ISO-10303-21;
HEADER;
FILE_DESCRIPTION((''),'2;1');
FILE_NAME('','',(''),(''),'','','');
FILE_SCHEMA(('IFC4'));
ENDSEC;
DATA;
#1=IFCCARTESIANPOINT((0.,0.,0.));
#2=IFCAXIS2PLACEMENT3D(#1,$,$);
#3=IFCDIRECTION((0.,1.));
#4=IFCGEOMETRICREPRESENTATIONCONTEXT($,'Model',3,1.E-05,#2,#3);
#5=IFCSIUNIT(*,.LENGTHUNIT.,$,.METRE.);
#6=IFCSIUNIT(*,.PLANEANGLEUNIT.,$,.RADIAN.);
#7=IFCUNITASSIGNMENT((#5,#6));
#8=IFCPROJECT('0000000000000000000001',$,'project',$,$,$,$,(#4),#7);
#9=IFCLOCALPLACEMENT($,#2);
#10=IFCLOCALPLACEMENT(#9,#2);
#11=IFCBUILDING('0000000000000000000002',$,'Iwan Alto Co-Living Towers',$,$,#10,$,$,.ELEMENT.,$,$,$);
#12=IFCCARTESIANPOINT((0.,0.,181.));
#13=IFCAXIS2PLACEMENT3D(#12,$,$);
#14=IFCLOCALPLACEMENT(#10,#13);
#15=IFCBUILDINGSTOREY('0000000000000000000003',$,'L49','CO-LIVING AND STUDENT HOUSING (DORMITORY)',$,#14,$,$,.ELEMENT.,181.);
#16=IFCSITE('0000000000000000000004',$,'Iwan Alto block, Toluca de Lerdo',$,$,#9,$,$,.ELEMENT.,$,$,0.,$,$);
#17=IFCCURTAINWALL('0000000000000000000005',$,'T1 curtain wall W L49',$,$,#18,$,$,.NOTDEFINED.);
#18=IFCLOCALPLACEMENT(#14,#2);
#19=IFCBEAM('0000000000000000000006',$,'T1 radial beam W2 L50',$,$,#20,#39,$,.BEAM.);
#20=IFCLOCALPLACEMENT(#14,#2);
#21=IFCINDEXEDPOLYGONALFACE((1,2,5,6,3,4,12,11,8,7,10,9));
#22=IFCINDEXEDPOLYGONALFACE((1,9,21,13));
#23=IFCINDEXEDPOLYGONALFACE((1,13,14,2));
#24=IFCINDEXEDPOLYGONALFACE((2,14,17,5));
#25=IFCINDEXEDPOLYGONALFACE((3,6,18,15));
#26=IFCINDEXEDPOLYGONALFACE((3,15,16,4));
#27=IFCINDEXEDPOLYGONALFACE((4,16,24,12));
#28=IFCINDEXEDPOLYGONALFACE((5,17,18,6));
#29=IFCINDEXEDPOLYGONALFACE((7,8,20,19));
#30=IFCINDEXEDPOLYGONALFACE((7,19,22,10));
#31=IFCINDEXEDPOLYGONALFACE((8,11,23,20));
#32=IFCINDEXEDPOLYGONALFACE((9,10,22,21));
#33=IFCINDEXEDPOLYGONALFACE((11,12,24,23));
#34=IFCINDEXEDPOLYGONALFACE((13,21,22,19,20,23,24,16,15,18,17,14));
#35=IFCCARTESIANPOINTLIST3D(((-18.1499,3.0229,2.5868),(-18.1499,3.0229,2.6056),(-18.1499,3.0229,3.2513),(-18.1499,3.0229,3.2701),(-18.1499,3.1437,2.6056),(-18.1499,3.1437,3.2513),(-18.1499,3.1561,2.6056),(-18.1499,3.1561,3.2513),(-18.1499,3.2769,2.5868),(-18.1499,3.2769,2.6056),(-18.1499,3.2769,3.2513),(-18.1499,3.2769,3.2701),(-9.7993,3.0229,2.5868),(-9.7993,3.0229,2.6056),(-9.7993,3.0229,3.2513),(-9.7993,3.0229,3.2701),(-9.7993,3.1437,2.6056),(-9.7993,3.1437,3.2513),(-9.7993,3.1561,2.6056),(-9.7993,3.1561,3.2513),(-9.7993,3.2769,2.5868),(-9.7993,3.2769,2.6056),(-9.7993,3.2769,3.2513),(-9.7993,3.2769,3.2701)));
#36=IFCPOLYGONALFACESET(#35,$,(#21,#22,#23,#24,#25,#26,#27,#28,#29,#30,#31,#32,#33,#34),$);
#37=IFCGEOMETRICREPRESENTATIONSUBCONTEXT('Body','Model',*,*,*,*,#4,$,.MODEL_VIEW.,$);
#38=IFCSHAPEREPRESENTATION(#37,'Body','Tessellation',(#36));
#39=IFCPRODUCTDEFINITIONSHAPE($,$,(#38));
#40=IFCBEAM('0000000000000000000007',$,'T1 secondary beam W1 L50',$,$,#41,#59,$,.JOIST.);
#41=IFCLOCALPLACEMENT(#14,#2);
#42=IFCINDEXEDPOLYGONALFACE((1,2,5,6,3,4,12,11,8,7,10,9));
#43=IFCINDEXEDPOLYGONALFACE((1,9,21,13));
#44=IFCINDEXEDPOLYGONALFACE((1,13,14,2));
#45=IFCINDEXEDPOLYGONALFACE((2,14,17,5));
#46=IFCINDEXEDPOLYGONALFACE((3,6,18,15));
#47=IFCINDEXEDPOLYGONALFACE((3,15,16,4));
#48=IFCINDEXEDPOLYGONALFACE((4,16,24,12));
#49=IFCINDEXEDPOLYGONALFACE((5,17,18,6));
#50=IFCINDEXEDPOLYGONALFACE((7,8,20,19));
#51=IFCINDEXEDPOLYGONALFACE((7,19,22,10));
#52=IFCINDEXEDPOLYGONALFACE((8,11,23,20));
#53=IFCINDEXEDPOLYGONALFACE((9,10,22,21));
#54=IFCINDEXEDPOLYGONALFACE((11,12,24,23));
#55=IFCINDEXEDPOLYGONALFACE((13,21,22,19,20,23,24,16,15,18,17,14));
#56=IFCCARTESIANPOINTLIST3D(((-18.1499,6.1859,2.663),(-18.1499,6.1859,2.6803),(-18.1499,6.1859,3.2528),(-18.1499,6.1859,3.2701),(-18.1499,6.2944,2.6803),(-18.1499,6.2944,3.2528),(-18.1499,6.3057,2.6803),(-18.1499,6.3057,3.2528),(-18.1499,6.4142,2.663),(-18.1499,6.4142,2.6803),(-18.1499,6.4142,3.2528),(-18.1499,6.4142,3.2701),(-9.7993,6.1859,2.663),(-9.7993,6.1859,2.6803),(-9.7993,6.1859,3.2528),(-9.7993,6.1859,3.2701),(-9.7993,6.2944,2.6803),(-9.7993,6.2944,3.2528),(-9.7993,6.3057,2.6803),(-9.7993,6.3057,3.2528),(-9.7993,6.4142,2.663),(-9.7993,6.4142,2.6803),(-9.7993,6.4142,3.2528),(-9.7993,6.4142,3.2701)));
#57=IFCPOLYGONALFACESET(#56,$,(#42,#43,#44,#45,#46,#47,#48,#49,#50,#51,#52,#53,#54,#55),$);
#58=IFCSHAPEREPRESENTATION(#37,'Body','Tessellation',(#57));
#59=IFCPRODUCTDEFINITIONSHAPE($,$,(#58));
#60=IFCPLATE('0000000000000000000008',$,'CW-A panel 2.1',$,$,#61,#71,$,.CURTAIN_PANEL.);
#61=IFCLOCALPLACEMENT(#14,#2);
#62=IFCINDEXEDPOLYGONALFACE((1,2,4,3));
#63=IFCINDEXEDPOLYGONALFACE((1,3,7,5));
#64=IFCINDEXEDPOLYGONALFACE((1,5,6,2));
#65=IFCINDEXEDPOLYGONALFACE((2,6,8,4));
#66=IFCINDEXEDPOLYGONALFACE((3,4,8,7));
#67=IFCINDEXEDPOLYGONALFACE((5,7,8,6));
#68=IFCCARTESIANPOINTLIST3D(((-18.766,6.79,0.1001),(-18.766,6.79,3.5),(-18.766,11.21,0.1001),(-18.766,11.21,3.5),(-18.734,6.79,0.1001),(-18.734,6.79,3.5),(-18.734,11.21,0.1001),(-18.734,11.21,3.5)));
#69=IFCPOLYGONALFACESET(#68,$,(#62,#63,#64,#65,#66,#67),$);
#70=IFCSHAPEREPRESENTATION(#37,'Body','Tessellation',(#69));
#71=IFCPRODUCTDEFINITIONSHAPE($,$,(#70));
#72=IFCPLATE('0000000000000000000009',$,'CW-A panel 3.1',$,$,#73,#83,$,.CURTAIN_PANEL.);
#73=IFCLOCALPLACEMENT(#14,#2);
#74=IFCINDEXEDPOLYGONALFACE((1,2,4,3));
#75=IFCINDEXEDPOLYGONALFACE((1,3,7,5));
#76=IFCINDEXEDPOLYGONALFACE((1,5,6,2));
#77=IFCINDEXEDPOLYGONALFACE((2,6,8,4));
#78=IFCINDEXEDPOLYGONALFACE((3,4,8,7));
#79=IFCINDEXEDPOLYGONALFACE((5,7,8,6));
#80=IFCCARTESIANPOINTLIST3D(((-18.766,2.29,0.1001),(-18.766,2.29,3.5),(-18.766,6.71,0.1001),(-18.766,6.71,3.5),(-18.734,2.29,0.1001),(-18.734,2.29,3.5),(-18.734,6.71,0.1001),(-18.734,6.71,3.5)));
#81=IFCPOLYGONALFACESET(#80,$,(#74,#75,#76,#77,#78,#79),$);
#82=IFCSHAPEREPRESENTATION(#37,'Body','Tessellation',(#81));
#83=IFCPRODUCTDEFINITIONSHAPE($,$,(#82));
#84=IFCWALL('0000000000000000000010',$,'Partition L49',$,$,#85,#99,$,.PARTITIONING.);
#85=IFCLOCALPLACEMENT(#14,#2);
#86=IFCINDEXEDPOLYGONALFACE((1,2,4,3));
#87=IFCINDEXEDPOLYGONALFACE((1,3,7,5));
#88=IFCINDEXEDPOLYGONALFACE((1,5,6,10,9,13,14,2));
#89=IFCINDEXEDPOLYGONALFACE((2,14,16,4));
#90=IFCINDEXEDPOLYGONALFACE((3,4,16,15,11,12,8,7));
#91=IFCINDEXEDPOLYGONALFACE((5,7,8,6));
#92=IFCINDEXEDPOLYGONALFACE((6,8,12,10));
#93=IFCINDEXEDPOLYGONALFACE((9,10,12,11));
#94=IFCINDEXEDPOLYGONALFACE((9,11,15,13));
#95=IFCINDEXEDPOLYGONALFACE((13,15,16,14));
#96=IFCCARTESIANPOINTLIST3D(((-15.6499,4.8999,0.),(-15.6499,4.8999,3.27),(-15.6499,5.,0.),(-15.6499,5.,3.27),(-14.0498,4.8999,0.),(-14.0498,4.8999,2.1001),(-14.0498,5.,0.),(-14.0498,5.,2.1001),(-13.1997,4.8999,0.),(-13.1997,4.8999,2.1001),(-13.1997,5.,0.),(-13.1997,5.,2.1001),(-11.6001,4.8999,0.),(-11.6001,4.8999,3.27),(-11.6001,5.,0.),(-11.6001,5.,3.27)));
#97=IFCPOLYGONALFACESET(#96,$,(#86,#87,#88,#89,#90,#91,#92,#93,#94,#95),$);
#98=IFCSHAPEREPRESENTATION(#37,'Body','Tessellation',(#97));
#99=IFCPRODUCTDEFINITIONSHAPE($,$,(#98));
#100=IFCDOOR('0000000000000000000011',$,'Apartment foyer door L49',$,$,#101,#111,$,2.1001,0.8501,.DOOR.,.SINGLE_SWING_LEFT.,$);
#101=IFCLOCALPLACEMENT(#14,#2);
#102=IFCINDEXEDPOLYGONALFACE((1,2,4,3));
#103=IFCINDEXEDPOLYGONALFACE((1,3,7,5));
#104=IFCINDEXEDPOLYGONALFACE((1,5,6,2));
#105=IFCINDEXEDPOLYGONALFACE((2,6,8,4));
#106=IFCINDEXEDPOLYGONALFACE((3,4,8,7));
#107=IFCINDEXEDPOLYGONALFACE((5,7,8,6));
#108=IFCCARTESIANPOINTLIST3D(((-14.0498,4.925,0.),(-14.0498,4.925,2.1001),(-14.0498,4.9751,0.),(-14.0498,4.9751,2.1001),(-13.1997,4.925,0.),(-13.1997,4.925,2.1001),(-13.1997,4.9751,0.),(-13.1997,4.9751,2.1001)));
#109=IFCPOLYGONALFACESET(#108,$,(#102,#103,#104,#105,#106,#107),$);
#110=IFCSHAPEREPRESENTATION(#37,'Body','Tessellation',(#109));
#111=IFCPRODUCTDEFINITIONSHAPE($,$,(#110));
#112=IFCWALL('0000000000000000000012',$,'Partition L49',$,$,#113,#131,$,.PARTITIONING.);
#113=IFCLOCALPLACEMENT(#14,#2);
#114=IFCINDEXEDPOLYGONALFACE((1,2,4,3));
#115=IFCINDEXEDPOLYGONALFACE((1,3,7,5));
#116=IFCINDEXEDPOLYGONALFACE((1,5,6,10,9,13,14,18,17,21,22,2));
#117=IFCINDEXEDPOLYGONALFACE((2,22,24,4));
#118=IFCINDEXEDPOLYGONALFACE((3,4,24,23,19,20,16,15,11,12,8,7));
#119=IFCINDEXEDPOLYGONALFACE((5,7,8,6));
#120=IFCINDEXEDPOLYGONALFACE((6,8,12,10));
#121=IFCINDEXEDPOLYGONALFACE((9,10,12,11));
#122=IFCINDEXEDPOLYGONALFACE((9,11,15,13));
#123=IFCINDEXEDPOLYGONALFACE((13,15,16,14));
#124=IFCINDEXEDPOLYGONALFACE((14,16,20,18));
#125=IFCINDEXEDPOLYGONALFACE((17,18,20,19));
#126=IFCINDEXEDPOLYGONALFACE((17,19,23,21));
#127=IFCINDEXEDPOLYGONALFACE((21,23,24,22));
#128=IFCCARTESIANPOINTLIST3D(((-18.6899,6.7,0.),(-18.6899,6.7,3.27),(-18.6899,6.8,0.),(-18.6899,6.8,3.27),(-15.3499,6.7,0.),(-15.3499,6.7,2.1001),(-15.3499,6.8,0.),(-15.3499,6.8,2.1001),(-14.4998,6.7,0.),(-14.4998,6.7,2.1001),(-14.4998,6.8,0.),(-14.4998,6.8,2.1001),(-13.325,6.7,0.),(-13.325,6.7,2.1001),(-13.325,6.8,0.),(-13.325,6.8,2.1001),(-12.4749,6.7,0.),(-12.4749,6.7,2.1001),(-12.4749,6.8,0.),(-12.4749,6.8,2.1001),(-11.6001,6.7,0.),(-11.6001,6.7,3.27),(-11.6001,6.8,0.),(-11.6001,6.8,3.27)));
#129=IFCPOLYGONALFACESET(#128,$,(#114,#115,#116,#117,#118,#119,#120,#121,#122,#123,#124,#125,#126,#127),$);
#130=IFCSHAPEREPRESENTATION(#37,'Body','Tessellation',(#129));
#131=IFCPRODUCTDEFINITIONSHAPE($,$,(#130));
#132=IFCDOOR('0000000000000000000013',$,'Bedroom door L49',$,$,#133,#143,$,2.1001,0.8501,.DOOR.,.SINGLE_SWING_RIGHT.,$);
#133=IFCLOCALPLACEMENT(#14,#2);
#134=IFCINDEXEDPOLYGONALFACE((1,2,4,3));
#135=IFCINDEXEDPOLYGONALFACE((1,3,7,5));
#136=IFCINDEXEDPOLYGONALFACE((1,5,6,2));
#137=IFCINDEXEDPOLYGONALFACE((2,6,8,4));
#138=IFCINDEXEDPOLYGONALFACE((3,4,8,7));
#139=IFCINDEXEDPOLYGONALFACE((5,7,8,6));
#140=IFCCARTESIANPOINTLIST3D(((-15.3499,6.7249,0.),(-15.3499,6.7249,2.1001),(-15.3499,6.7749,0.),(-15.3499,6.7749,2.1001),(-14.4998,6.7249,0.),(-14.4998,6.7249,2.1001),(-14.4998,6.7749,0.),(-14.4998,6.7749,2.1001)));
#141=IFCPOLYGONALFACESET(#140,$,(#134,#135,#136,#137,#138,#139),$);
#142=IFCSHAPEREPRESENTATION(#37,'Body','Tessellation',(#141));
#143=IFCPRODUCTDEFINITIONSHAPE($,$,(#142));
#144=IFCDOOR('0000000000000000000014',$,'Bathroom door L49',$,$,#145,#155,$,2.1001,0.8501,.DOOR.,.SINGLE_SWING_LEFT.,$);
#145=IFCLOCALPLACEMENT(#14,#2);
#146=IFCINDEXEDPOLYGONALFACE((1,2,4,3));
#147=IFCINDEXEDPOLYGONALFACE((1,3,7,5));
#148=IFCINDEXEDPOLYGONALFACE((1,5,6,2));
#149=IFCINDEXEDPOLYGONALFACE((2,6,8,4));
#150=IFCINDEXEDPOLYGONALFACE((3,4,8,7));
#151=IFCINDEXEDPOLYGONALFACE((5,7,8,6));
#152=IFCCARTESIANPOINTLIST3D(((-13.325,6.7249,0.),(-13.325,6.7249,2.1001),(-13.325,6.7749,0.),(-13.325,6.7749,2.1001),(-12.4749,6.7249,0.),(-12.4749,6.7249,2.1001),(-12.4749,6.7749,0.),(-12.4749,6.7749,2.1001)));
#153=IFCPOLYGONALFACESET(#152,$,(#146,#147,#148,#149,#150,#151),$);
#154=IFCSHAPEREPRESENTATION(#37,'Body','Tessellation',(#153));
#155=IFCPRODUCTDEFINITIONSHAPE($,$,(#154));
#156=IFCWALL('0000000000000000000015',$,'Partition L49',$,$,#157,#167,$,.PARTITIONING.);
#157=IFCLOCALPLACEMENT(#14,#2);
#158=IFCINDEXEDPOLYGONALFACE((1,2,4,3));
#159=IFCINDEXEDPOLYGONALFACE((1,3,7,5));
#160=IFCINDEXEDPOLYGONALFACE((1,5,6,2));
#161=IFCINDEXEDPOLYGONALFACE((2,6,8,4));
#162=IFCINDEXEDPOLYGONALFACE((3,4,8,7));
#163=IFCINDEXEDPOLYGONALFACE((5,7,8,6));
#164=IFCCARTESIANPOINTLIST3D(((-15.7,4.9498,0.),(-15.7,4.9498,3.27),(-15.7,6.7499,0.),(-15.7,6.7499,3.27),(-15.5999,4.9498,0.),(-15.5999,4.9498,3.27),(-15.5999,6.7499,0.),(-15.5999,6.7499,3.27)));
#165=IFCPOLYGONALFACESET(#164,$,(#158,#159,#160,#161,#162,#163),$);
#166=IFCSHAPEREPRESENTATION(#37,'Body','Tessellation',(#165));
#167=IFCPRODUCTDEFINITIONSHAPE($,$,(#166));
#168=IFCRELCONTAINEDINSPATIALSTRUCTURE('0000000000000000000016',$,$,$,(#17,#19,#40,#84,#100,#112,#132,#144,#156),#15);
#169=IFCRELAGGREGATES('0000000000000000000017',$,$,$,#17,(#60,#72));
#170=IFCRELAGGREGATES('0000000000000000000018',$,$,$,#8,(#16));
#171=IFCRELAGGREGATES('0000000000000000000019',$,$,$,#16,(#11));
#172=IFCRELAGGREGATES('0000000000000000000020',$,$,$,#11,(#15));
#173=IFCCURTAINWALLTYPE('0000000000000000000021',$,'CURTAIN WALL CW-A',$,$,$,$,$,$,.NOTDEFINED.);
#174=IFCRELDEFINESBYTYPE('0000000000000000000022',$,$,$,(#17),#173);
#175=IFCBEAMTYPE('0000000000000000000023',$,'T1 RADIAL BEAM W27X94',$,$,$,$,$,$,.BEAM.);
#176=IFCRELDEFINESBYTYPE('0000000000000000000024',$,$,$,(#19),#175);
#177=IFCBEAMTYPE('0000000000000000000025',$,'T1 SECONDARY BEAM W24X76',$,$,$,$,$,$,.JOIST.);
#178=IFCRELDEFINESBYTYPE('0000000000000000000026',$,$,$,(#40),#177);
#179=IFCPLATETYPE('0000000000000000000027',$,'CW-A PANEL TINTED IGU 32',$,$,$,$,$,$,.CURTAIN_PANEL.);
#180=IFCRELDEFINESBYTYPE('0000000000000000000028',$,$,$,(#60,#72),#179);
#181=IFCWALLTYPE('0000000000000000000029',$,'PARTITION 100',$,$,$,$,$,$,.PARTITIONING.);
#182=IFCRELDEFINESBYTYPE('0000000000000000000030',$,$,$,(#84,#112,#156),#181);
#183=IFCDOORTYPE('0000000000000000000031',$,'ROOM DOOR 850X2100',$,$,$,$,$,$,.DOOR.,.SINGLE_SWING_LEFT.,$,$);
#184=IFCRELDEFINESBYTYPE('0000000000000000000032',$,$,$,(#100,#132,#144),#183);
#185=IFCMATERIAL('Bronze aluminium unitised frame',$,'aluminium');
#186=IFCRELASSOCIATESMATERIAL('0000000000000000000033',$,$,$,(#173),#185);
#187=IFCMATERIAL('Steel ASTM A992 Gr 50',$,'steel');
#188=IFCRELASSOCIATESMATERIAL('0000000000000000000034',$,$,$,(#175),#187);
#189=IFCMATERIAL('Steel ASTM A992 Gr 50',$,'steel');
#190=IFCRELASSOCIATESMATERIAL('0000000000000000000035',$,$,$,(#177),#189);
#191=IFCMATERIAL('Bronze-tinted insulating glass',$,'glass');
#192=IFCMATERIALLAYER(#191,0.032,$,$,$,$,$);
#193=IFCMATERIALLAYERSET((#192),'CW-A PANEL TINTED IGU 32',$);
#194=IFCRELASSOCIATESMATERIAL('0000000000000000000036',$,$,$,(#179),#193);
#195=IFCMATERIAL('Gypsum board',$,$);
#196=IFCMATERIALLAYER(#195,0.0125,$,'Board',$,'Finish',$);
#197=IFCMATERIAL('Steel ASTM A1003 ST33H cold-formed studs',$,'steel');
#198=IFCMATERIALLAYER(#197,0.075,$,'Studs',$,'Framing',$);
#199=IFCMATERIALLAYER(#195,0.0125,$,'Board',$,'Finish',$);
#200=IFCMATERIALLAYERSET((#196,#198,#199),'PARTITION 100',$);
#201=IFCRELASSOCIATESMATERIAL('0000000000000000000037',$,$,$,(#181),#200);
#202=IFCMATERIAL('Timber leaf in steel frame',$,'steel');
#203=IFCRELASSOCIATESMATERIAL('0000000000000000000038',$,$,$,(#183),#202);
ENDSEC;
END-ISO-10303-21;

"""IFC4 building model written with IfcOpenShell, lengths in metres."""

from ifc_helpers import new_model, si_unit, direction, frame, frame_2d, origin, origin_2d, place, context, subcontext, project, spatial, rectangle, i_section, extrude, material, layer, layer_set, material_profile, profile_set, type_object, element, fill, aggregate, save


model = new_model("IFC4")

# Units and contexts
model_context = context("Model", 3, precision=1e-05, world=origin(), true_north=direction((0.0, 1.0)))
body_context = subcontext(model_context, "Body", "Model", "MODEL_VIEW")
ifc_project = project(units=[si_unit("LENGTHUNIT", "METRE"), si_unit("PLANEANGLEUNIT", "RADIAN")], contexts=[model_context])

# Site, building, storey
site_placement = place(None, origin())
site = spatial("IfcSite", under=ifc_project, at=site_placement, Name="Iwan Alto block, Toluca de Lerdo", CompositionType="ELEMENT", RefElevation=0.0)
building_placement = place(site_placement, origin())
building = spatial("IfcBuilding", under=site, at=building_placement, Name="Iwan Alto Co-Living Towers", CompositionType="ELEMENT")
storey_placement = place(building_placement, frame((0.0, 0.0, 181.0)))
storey = spatial("IfcBuildingStorey", under=building, at=storey_placement, Name="L49", Description="CO-LIVING AND STUDENT HOUSING (DORMITORY)", CompositionType="ELEMENT", Elevation=181.0)

# Curtain wall
ifc_material_1 = material(Name="Bronze aluminium unitised frame", Category="aluminium")
curtain_wall_type = type_object("IfcCurtainWallType", Name="CURTAIN WALL CW-A", PredefinedType="NOTDEFINED", material=ifc_material_1)
curtain_wall_placement = place(storey_placement, origin())
curtain_wall = element("IfcCurtainWall", 1, at=curtain_wall_placement, inside=storey, type_object=curtain_wall_type, Name="T1 curtain wall W L49", PredefinedType="NOTDEFINED")

# Beams
ifc_material_2 = material(Name="Steel ASTM A992 Gr 50", Category="steel")
ifc_material_profile_1 = material_profile(ifc_material_2, i_section(OverallWidth=0.2539, OverallDepth=0.6833, WebThickness=0.0125, FlangeThickness=0.0188, at=origin_2d()), Name="W27X94")
ifc_profile_set_1 = profile_set([ifc_material_profile_1], Name="Steel ASTM A992 Gr 50")
beam_type_1 = type_object("IfcBeamType", Name="T1 RADIAL BEAM W27X94", PredefinedType="BEAM", material=ifc_profile_set_1)
for number, where, z_axis, x_axis, name in (
    (2, (-18.1499, 3.1499, 2.9285), (1.0, 0.0, 0.0), (0.0, 1.0, 0.0), "T1 radial beam W2 L50"),
):
    element("IfcBeam", number, at=place(storey_placement, frame(where, z_axis=z_axis, x_axis=x_axis)), inside=storey, type_object=beam_type_1, Name=name, PredefinedType="BEAM", context=body_context, shape_type="SweptSolid", body=[
        extrude(i_section(OverallWidth=0.2539, OverallDepth=0.6833, WebThickness=0.0125, FlangeThickness=0.0188, at=origin_2d()), origin(), (0.0, 0.0, 1.0), 8.3506),
    ])
ifc_material_3 = material(Name="Steel ASTM A992 Gr 50", Category="steel")
ifc_material_profile_2 = material_profile(ifc_material_3, i_section(OverallWidth=0.2283, OverallDepth=0.6072, WebThickness=0.0112, FlangeThickness=0.0173, at=origin_2d()), Name="W24X76")
ifc_profile_set_2 = profile_set([ifc_material_profile_2], Name="Steel ASTM A992 Gr 50")
beam_type_2 = type_object("IfcBeamType", Name="T1 SECONDARY BEAM W24X76", PredefinedType="JOIST", material=ifc_profile_set_2)
beam_1_placement = place(storey_placement, frame((-18.1499, 6.3, 2.9666), z_axis=(1.0, 0.0, 0.0), x_axis=(0.0, 1.0, 0.0)))
element("IfcBeam", 3, at=beam_1_placement, inside=storey, type_object=beam_type_2, Name="T1 secondary beam W1 L50", PredefinedType="JOIST", context=body_context, shape_type="SweptSolid", body=[
    extrude(i_section(OverallWidth=0.2283, OverallDepth=0.6072, WebThickness=0.0112, FlangeThickness=0.0173, at=origin_2d()), origin(), (0.0, 0.0, 1.0), 8.3506),
])

# Plates
ifc_material_4 = material(Name="Bronze-tinted insulating glass", Category="glass")
ifc_layer_1 = layer(ifc_material_4, 0.032)
ifc_layer_set_1 = layer_set([ifc_layer_1], Name="CW-A PANEL TINTED IGU 32")
plate_type = type_object("IfcPlateType", Name="CW-A PANEL TINTED IGU 32", PredefinedType="CURTAIN_PANEL", material=ifc_layer_set_1)
plate_1_placement = place(storey_placement, frame((-18.75, 9.0, 0.1001), z_axis=(0.0, 0.0, 1.0), x_axis=(0.0, -1.0, 0.0)))
plate_1 = element("IfcPlate", 4, at=plate_1_placement, type_object=plate_type, Name="CW-A panel 2.1", PredefinedType="CURTAIN_PANEL", context=body_context, shape_type="SweptSolid", body=[
    extrude(rectangle(XDim=4.4199, YDim=0.032, at=origin_2d()), origin(), (0.0, 0.0, 1.0), 3.3999),
])
plate_2_placement = place(storey_placement, frame((-18.75, 4.5, 0.1001), z_axis=(0.0, 0.0, 1.0), x_axis=(0.0, -1.0, 0.0)))
plate_2 = element("IfcPlate", 5, at=plate_2_placement, type_object=plate_type, Name="CW-A panel 3.1", PredefinedType="CURTAIN_PANEL", context=body_context, shape_type="SweptSolid", body=[
    extrude(rectangle(XDim=4.4199, YDim=0.032, at=origin_2d()), origin(), (0.0, 0.0, 1.0), 3.3999),
])
aggregate(curtain_wall, [plate_1, plate_2])

# Wall, opening, door
ifc_material_5 = material(Name="Gypsum board")
ifc_layer_2 = layer(ifc_material_5, 0.0125, Name="Board", Category="Finish")
ifc_material_6 = material(Name="Steel ASTM A1003 ST33H cold-formed studs", Category="steel")
ifc_layer_3 = layer(ifc_material_6, 0.075, Name="Studs", Category="Framing")
ifc_layer_4 = layer(ifc_material_5, 0.0125, Name="Board", Category="Finish")
ifc_layer_set_2 = layer_set([ifc_layer_2, ifc_layer_3, ifc_layer_4], Name="PARTITION 100")
wall_type = type_object("IfcWallType", Name="PARTITION 100", PredefinedType="PARTITIONING", material=ifc_layer_set_2)
wall_1_placement = place(storey_placement, frame((-15.6499, 4.95, 0.0), z_axis=(0.0, 0.0, 1.0), x_axis=(1.0, 0.0, 0.0)))
wall_1 = element("IfcWall", 6, at=wall_1_placement, inside=storey, type_object=wall_type, Name="Partition L49", PredefinedType="PARTITIONING", context=body_context, shape_type="SweptSolid", body=[
    extrude(rectangle(XDim=4.0498, YDim=0.1001, at=frame_2d((2.0249, 0.0))), origin(), (0.0, 0.0, 1.0), 3.27),
])
opening_1_placement = place(wall_1_placement, frame((1.6001, 0.0, 0.0)))
opening_1 = element("IfcOpeningElement", 7, at=opening_1_placement, cuts=wall_1, PredefinedType="OPENING", context=body_context, shape_type="SweptSolid", body=[
    extrude(rectangle(XDim=0.8501, YDim=2.1001, at=frame_2d((0.425, 1.05))), frame((0.0, 0.0601, 0.0), z_axis=(0.0, -1.0, 0.0), x_axis=(1.0, 0.0, 0.0)), (0.0, 0.0, 1.0), 0.1201),
])
ifc_material_7 = material(Name="Timber leaf in steel frame", Category="steel")
door_type = type_object("IfcDoorType", Name="ROOM DOOR 850X2100", OperationType="SINGLE_SWING_LEFT", PredefinedType="DOOR", material=ifc_material_7)
door_1_placement = place(opening_1_placement, frame((0.8501, 0.0, 0.0), z_axis=(0.0, 0.0, 1.0), x_axis=(-1.0, 0.0, 0.0)))
door_1 = element("IfcDoor", 8, at=door_1_placement, inside=storey, type_object=door_type, Name="Apartment foyer door L49", OperationType="SINGLE_SWING_LEFT", OverallHeight=2.1001, OverallWidth=0.8501, PredefinedType="DOOR", context=body_context, shape_type="SweptSolid", body=[
    extrude(rectangle(XDim=0.8501, YDim=2.1001, at=frame_2d((0.425, 1.05))), frame((0.0, 0.0249, 0.0), z_axis=(0.0, -1.0, 0.0), x_axis=(1.0, 0.0, 0.0)), (0.0, 0.0, 1.0), 0.05),
])
fill(opening_1, door_1)

# Wall, openings, doors
wall_2_placement = place(storey_placement, frame((-18.6899, 6.75, 0.0), z_axis=(0.0, 0.0, 1.0), x_axis=(1.0, 0.0, 0.0)))
wall_2 = element("IfcWall", 9, at=wall_2_placement, inside=storey, type_object=wall_type, Name="Partition L49", PredefinedType="PARTITIONING", context=body_context, shape_type="SweptSolid", body=[
    extrude(rectangle(XDim=7.0898, YDim=0.1001, at=frame_2d((3.5449, 0.0))), origin(), (0.0, 0.0, 1.0), 3.27),
])
opening_2_placement = place(wall_2_placement, frame((3.3401, 0.0, 0.0)))
opening_2 = element("IfcOpeningElement", 10, at=opening_2_placement, cuts=wall_2, PredefinedType="OPENING", context=body_context, shape_type="SweptSolid", body=[
    extrude(rectangle(XDim=0.8501, YDim=2.1001, at=frame_2d((0.425, 1.05))), frame((0.0, 0.0601, 0.0), z_axis=(0.0, -1.0, 0.0), x_axis=(1.0, 0.0, 0.0)), (0.0, 0.0, 1.0), 0.1201),
])
opening_3_placement = place(wall_2_placement, frame((5.365, 0.0, 0.0)))
opening_3 = element("IfcOpeningElement", 11, at=opening_3_placement, cuts=wall_2, PredefinedType="OPENING", context=body_context, shape_type="SweptSolid", body=[
    extrude(rectangle(XDim=0.8501, YDim=2.1001, at=frame_2d((0.425, 1.05))), frame((0.0, 0.0601, 0.0), z_axis=(0.0, -1.0, 0.0), x_axis=(1.0, 0.0, 0.0)), (0.0, 0.0, 1.0), 0.1201),
])
door_2_placement = place(opening_2_placement, origin())
door_2 = element("IfcDoor", 12, at=door_2_placement, inside=storey, type_object=door_type, Name="Bedroom door L49", OperationType="SINGLE_SWING_RIGHT", OverallHeight=2.1001, OverallWidth=0.8501, PredefinedType="DOOR", context=body_context, shape_type="SweptSolid", body=[
    extrude(rectangle(XDim=0.8501, YDim=2.1001, at=frame_2d((0.425, 1.05))), frame((0.0, 0.0249, 0.0), z_axis=(0.0, -1.0, 0.0), x_axis=(1.0, 0.0, 0.0)), (0.0, 0.0, 1.0), 0.05),
])
fill(opening_2, door_2)
door_3_placement = place(opening_3_placement, origin())
door_3 = element("IfcDoor", 13, at=door_3_placement, inside=storey, type_object=door_type, Name="Bathroom door L49", OperationType="SINGLE_SWING_LEFT", OverallHeight=2.1001, OverallWidth=0.8501, PredefinedType="DOOR", context=body_context, shape_type="SweptSolid", body=[
    extrude(rectangle(XDim=0.8501, YDim=2.1001, at=frame_2d((0.425, 1.05))), frame((0.0, 0.0249, 0.0), z_axis=(0.0, -1.0, 0.0), x_axis=(1.0, 0.0, 0.0)), (0.0, 0.0, 1.0), 0.05),
])
fill(opening_3, door_3)

# Wall
wall_3_placement = place(storey_placement, frame((-15.6499, 4.95, 0.0), z_axis=(0.0, 0.0, 1.0), x_axis=(0.0, 1.0, 0.0)))
element("IfcWall", 14, at=wall_3_placement, inside=storey, type_object=wall_type, Name="Partition L49", PredefinedType="PARTITIONING", context=body_context, shape_type="SweptSolid", body=[
    extrude(rectangle(XDim=1.8, YDim=0.1001, at=frame_2d((0.8999, 0.0))), origin(), (0.0, 0.0, 1.0), 3.27),
])

save(model, "model.ifc")
